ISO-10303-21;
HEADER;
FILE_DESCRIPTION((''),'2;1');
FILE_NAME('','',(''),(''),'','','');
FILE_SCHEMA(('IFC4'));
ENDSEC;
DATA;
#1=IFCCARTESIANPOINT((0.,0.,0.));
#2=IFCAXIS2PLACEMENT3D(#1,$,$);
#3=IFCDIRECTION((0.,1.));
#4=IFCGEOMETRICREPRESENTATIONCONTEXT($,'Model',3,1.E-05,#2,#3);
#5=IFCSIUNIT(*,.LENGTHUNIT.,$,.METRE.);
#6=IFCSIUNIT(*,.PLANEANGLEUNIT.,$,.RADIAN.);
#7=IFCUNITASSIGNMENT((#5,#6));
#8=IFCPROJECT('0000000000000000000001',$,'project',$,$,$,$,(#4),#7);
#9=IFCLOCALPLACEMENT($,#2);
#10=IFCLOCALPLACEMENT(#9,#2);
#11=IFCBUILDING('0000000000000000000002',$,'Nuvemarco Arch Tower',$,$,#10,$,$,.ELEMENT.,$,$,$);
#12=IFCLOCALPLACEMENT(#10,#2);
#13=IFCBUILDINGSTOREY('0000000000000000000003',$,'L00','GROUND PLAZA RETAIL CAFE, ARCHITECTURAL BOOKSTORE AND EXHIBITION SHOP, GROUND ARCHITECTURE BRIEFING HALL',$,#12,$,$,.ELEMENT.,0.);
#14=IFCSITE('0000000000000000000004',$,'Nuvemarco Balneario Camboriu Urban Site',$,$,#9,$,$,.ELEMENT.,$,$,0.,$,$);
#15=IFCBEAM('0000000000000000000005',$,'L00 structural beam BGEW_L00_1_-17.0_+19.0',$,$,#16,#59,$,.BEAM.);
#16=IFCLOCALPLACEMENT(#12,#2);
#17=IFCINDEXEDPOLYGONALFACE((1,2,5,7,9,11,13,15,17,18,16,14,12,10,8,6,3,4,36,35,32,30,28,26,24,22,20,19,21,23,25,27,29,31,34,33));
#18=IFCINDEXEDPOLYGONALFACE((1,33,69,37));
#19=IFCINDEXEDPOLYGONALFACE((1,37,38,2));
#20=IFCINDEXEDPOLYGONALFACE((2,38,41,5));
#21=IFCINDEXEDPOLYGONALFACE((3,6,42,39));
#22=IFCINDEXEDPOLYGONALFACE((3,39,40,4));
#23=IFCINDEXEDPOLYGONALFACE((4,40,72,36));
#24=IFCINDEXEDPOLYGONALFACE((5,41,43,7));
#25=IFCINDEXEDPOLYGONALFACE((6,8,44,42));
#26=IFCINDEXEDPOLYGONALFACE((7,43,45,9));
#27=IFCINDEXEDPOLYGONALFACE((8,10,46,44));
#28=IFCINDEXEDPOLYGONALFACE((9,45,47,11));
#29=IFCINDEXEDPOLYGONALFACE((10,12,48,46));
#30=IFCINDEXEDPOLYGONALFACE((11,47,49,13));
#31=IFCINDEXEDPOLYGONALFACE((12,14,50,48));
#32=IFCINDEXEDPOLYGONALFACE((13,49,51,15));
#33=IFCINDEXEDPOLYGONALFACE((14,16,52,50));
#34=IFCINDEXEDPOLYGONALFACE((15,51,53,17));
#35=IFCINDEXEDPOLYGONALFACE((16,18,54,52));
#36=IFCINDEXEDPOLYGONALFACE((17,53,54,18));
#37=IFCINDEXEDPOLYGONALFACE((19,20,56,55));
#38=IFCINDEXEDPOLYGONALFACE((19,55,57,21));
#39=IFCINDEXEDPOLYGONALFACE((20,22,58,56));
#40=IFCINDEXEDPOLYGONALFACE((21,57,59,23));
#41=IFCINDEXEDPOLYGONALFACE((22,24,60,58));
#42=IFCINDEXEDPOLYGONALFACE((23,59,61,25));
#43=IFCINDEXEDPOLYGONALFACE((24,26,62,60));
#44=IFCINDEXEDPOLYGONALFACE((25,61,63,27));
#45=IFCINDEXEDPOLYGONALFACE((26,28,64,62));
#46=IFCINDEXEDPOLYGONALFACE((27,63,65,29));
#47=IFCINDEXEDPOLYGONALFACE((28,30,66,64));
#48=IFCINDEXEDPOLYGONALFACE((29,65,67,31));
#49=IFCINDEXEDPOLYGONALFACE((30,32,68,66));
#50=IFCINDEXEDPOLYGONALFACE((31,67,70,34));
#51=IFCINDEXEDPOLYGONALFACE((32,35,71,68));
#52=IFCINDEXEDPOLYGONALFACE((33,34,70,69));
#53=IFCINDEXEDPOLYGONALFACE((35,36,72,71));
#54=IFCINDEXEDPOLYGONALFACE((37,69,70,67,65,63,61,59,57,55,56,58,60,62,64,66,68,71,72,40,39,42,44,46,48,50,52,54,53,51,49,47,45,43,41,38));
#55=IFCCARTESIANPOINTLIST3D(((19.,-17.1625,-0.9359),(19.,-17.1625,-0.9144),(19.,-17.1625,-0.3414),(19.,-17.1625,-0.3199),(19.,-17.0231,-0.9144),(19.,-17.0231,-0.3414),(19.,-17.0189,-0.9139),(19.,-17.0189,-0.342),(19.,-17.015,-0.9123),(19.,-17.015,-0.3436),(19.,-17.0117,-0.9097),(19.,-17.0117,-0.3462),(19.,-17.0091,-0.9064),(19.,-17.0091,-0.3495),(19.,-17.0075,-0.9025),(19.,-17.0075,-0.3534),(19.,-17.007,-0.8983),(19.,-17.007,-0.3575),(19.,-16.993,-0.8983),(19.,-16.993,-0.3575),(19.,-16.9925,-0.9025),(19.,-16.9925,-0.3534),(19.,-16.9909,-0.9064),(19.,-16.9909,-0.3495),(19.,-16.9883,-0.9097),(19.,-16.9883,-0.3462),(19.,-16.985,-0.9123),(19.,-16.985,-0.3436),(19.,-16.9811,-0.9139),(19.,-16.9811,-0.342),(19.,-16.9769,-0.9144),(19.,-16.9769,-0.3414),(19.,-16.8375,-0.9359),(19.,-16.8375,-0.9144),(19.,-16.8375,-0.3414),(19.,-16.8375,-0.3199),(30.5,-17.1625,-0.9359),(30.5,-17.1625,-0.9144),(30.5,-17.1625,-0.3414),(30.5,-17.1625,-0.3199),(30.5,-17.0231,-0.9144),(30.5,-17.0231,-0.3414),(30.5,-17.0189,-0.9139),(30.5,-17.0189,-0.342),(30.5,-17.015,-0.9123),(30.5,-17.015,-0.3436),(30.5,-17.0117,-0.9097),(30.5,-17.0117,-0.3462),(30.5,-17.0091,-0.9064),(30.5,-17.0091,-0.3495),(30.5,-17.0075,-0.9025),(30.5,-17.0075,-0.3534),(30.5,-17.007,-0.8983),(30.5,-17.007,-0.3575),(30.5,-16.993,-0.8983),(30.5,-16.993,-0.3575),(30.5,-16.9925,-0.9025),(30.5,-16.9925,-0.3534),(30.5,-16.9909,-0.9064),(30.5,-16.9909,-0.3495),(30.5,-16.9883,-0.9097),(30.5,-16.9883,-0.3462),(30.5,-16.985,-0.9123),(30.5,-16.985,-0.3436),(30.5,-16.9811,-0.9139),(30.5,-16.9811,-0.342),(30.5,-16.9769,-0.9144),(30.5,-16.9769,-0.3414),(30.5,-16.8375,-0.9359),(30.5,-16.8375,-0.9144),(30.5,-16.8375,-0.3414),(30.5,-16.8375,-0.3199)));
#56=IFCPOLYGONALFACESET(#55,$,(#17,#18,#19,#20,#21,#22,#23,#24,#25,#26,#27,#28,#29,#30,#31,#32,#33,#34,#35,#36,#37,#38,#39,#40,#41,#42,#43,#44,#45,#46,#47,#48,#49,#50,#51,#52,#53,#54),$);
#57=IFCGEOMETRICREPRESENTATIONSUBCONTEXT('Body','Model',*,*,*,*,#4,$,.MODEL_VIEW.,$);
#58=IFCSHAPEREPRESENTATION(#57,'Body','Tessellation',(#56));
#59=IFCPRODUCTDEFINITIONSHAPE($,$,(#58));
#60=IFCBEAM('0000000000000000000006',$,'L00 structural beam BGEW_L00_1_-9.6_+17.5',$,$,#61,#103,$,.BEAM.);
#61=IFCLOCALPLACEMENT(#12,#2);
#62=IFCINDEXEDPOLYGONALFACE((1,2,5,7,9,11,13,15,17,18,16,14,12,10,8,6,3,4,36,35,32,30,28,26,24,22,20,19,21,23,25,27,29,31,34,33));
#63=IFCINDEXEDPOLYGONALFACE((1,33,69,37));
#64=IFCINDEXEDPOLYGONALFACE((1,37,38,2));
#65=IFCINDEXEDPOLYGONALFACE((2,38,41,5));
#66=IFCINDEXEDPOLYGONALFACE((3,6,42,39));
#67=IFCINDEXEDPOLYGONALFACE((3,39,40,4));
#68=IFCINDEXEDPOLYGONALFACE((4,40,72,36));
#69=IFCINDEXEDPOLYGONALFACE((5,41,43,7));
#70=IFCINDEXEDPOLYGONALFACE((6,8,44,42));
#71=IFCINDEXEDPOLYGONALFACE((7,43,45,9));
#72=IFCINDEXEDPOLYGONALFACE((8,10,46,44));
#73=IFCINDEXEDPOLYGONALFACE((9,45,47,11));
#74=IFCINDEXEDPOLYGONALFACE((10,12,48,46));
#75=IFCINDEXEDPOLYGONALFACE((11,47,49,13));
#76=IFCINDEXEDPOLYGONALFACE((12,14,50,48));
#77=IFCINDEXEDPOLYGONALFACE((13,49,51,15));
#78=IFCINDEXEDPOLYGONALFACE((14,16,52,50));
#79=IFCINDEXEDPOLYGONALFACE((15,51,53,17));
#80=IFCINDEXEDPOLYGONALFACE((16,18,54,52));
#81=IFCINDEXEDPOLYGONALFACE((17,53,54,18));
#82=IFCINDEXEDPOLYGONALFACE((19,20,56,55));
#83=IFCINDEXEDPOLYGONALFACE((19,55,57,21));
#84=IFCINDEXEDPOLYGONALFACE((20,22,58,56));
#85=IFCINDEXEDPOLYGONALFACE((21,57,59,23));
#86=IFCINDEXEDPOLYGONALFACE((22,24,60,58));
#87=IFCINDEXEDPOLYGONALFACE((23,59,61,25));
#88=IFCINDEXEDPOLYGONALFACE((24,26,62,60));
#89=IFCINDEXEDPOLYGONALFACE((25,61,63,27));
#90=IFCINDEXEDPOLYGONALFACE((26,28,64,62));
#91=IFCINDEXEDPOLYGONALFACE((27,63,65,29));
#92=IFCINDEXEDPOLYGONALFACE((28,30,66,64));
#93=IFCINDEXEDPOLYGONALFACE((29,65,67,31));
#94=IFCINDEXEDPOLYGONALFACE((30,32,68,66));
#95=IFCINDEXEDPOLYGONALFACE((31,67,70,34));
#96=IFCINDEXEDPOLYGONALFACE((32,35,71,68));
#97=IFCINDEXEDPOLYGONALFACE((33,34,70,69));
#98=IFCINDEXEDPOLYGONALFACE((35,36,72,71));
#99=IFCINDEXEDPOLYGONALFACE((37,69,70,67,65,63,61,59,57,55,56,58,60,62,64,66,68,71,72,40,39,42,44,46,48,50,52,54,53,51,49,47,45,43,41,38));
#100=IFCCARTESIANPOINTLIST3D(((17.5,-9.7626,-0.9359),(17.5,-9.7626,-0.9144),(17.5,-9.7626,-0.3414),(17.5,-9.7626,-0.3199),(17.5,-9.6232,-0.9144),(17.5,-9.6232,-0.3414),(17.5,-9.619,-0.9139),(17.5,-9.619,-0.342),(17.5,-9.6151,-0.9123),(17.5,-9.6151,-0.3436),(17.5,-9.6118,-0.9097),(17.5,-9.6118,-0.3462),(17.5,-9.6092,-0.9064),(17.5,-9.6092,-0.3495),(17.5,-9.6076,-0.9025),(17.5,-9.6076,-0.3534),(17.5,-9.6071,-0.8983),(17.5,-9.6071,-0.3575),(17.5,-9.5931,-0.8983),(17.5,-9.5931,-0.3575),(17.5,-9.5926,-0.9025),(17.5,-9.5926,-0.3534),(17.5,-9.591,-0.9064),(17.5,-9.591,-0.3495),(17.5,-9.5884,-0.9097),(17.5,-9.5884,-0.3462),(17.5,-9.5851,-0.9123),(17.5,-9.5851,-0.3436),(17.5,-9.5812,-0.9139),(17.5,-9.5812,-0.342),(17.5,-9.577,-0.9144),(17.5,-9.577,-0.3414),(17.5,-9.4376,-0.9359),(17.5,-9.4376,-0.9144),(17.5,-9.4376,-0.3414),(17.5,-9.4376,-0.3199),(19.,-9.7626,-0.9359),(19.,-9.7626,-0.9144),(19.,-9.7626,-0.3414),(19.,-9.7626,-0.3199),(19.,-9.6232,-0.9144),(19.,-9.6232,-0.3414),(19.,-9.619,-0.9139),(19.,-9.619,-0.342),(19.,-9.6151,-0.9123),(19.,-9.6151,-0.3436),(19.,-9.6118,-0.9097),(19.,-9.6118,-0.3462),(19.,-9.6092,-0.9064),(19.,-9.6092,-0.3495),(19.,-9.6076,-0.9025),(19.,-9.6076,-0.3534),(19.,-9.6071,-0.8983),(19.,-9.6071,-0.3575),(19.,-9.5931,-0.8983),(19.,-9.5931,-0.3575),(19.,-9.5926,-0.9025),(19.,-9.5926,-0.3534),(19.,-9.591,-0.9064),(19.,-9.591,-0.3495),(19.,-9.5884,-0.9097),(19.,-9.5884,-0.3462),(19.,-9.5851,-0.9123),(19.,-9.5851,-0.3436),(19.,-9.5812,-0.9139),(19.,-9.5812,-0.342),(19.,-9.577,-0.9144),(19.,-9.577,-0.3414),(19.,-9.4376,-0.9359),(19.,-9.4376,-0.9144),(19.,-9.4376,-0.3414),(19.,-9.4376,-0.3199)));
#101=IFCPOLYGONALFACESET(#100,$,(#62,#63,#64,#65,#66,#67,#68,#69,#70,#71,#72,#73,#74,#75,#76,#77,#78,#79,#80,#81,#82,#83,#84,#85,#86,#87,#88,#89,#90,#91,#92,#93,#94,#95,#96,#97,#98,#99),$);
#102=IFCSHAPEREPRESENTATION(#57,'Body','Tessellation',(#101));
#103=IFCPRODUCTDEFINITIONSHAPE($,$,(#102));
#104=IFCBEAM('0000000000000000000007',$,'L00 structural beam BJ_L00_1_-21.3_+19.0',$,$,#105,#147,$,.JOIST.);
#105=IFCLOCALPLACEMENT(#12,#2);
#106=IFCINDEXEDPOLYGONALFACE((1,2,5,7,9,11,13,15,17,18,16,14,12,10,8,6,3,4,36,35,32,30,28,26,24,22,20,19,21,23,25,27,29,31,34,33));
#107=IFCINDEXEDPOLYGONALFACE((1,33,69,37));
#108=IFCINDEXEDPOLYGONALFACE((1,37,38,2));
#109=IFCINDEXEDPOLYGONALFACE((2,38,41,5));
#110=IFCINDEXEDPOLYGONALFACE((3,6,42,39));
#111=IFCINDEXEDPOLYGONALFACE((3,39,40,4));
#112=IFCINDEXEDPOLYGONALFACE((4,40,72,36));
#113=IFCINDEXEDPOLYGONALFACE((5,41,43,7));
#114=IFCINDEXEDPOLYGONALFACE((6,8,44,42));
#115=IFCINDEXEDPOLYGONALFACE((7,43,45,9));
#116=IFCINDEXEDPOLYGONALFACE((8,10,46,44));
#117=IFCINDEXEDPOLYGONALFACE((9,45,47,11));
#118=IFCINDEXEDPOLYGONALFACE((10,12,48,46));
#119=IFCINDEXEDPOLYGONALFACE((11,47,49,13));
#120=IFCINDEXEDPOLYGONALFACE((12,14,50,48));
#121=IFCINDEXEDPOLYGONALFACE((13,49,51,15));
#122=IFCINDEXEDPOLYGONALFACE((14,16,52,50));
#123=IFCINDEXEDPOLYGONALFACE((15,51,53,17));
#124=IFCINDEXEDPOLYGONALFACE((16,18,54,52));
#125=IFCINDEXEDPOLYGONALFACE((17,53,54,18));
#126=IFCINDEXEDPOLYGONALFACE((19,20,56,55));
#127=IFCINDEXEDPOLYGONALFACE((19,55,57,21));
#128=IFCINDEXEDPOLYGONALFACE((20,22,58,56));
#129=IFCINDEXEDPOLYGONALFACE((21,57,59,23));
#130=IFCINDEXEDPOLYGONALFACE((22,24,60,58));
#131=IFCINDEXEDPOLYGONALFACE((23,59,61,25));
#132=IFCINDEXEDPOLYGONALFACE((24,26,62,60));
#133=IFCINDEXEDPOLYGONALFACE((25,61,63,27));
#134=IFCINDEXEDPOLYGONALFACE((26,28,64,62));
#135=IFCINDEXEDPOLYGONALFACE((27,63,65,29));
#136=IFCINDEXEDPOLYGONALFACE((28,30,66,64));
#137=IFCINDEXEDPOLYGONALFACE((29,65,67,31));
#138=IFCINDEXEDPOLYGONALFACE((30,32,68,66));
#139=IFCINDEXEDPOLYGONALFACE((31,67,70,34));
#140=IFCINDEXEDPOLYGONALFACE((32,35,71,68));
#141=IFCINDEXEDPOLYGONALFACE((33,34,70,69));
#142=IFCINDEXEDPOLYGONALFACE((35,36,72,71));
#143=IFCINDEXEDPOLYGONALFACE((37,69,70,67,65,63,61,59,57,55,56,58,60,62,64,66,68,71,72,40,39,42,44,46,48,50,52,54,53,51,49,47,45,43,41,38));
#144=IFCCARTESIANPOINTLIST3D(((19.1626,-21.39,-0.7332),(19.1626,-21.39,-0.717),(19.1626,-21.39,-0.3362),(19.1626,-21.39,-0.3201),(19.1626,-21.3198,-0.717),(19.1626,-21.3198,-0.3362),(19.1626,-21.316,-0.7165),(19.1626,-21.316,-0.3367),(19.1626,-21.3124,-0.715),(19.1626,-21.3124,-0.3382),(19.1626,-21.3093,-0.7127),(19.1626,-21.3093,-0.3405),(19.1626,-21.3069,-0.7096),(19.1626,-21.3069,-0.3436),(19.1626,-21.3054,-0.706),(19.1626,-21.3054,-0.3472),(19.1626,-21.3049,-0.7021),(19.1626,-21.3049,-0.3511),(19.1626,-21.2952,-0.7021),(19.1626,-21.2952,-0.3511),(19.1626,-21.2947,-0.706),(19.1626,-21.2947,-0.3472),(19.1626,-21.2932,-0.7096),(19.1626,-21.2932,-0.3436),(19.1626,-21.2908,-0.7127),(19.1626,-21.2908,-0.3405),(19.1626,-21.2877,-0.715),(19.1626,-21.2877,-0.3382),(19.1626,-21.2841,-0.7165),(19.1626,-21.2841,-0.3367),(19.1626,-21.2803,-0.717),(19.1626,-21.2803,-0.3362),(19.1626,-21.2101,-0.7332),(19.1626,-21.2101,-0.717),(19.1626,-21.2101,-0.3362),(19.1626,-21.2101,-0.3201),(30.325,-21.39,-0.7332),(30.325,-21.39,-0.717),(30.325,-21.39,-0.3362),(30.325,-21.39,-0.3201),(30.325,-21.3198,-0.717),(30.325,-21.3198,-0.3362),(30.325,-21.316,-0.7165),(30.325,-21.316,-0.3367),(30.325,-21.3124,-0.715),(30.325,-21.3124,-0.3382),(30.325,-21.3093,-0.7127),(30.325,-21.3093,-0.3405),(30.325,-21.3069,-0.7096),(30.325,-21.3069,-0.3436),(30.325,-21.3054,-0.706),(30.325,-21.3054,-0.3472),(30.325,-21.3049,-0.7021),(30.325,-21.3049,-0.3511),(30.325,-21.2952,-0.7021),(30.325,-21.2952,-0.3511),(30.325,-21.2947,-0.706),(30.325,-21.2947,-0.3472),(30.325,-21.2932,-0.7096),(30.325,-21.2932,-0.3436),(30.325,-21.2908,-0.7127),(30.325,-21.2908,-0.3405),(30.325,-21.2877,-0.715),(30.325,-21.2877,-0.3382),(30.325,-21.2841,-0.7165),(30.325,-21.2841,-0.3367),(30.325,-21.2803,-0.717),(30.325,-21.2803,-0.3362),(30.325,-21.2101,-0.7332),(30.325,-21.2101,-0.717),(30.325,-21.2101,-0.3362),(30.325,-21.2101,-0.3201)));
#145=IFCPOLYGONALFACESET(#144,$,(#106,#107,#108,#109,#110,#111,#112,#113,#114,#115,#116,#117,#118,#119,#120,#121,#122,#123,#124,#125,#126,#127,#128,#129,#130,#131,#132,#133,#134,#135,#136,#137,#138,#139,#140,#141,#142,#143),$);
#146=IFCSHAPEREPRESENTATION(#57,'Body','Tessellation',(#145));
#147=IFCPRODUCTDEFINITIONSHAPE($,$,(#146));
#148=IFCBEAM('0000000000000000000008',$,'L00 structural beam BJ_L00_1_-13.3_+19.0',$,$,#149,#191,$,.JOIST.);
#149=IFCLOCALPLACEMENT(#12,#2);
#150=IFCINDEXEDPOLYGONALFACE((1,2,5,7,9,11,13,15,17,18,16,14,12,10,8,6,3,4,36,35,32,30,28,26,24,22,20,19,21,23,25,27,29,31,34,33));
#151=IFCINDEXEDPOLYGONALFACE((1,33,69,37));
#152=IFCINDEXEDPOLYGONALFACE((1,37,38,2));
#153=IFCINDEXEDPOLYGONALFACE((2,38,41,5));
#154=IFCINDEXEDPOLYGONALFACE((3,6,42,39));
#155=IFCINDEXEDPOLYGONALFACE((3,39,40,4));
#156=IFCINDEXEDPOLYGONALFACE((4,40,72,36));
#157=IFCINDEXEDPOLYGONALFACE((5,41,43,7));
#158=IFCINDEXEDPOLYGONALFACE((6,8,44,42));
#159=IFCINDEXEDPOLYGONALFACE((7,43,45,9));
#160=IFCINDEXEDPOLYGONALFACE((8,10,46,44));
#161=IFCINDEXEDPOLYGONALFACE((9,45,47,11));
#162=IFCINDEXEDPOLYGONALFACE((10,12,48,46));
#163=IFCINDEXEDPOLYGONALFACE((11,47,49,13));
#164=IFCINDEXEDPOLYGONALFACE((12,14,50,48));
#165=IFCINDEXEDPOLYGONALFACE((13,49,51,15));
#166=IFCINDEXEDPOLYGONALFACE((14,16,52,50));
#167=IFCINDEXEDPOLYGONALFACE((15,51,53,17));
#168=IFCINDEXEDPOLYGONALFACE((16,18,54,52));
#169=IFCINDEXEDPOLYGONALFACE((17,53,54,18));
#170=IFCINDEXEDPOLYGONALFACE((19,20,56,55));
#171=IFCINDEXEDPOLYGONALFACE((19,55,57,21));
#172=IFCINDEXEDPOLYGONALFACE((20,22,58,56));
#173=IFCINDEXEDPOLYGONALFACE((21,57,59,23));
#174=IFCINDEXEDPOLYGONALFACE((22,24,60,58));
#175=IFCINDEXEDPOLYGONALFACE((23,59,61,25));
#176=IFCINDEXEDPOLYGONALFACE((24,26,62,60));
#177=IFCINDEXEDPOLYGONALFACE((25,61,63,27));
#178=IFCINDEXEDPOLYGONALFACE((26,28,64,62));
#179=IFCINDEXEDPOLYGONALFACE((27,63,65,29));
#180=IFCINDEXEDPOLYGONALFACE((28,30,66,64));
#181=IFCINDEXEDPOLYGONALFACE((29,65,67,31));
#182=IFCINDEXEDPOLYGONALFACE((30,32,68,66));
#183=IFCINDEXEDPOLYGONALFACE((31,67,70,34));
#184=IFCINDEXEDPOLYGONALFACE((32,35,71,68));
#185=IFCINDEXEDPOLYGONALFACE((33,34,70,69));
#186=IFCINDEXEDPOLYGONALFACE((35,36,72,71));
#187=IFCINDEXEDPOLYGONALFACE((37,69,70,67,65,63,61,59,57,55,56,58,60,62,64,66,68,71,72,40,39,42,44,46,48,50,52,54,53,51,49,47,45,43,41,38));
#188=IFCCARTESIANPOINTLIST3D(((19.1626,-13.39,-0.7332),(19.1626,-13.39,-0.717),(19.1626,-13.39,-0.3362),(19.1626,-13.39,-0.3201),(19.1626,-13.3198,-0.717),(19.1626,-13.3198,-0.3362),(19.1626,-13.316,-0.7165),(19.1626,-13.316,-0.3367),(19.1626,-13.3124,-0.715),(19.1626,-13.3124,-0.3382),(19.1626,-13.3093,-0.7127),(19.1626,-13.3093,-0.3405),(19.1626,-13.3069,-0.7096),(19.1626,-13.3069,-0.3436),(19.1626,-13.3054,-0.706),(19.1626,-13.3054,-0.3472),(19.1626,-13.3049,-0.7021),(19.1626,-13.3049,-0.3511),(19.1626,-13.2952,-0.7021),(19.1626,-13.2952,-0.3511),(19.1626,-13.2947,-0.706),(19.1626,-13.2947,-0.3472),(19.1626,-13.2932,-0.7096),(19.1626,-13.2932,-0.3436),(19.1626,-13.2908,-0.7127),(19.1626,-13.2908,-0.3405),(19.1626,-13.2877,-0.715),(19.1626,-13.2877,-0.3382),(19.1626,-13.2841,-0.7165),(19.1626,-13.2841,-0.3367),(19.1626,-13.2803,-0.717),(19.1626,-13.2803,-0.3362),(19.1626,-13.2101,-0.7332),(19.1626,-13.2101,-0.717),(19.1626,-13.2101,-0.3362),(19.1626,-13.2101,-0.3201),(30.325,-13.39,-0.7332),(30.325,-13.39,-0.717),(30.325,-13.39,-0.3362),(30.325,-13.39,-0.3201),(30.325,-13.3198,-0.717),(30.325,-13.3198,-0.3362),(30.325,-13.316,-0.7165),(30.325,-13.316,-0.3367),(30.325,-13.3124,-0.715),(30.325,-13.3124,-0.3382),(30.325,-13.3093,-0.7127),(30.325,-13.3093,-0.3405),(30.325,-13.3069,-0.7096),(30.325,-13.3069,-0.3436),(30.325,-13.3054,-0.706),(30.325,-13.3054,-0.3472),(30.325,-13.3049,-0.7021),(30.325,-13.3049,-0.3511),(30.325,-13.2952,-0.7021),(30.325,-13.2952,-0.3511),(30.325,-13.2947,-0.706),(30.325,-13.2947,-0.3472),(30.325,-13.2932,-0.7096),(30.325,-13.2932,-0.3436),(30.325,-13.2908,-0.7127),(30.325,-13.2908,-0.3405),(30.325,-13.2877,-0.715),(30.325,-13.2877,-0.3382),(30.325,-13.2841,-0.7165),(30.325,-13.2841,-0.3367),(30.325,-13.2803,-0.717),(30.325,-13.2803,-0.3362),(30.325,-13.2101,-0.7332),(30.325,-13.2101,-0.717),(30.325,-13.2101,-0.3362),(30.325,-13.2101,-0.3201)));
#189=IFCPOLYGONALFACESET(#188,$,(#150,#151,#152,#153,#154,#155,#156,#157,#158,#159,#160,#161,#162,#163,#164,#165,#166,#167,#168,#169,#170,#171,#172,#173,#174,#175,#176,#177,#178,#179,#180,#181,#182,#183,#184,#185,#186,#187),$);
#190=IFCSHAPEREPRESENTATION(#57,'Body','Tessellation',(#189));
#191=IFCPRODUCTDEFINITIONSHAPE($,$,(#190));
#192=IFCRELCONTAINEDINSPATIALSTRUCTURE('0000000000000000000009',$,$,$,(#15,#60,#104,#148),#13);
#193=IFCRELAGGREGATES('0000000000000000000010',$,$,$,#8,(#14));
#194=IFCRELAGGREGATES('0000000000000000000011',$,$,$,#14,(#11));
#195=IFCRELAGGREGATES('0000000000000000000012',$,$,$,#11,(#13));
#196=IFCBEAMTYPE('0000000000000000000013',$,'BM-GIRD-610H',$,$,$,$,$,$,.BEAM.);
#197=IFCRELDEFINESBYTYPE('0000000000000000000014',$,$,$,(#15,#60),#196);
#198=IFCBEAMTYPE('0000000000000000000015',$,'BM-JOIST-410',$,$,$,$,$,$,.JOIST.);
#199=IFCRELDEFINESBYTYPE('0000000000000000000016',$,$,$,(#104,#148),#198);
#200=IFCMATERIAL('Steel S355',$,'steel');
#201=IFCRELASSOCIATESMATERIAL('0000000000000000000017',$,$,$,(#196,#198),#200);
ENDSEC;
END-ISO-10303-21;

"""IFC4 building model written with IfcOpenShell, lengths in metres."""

from ifc_helpers import new_model, si_unit, direction, frame, origin, origin_2d, place, context, subcontext, project, spatial, i_section, extrude, material, material_profile, profile_set, type_object, element, save


model = new_model("IFC4")

# Units and contexts
model_context = context("Model", 3, precision=1e-05, world=origin(), true_north=direction((0.0, 1.0)))
body_context = subcontext(model_context, "Body", "Model", "MODEL_VIEW")
ifc_project = project(units=[si_unit("LENGTHUNIT", "METRE"), si_unit("PLANEANGLEUNIT", "RADIAN")], contexts=[model_context])

# Site, building, storey
site_placement = place(None, origin())
site = spatial("IfcSite", under=ifc_project, at=site_placement, Name="Nuvemarco Balneario Camboriu Urban Site", CompositionType="ELEMENT", RefElevation=0.0)
building_placement = place(site_placement, origin())
building = spatial("IfcBuilding", under=site, at=building_placement, Name="Nuvemarco Arch Tower", CompositionType="ELEMENT")
storey_placement = place(building_placement, origin())
storey = spatial("IfcBuildingStorey", under=building, at=storey_placement, Name="L00", Description="GROUND PLAZA RETAIL CAFE, ARCHITECTURAL BOOKSTORE AND EXHIBITION SHOP, GROUND ARCHITECTURE BRIEFING HALL", CompositionType="ELEMENT", Elevation=0.0)

# Beams
ifc_material_1 = material(Name="Steel S355", Category="steel")
ifc_material_profile_1 = material_profile(ifc_material_1, i_section(OverallWidth=0.325, OverallDepth=0.616, WebThickness=0.0139, FlangeThickness=0.0215, FilletRadius=0.0161, at=origin_2d()), Name="W610x174")
ifc_profile_set_1 = profile_set([ifc_material_profile_1], Name="Steel S355")
beam_type_1 = type_object("IfcBeamType", Name="BM-GIRD-610H", PredefinedType="BEAM", material=ifc_profile_set_1)
beam_1_placement = place(storey_placement, frame((19.0, -17.0, -0.6279), z_axis=(1.0, 0.0, 0.0), x_axis=(0.0, 1.0, 0.0)))
element("IfcBeam", 1, at=beam_1_placement, inside=storey, type_object=beam_type_1, Name="L00 structural beam BGEW_L00_1_-17.0_+19.0", PredefinedType="BEAM", context=body_context, shape_type="SweptSolid", body=[
    extrude(i_section(OverallWidth=0.325, OverallDepth=0.616, WebThickness=0.0139, FlangeThickness=0.0215, FilletRadius=0.0161, at=origin_2d()), origin(), (0.0, 0.0, 1.0), 11.5),
])
beam_2_placement = place(storey_placement, frame((17.5, -9.6001, -0.6279), z_axis=(1.0, 0.0, 0.0), x_axis=(0.0, 1.0, 0.0)))
element("IfcBeam", 2, at=beam_2_placement, inside=storey, type_object=beam_type_1, Name="L00 structural beam BGEW_L00_1_-9.6_+17.5", PredefinedType="BEAM", context=body_context, shape_type="SweptSolid", body=[
    extrude(i_section(OverallWidth=0.325, OverallDepth=0.616, WebThickness=0.0139, FlangeThickness=0.0215, FilletRadius=0.0161, at=origin_2d()), origin(), (0.0, 0.0, 1.0), 1.5),
])
ifc_material_profile_2 = material_profile(ifc_material_1, i_section(OverallWidth=0.1799, OverallDepth=0.4131, WebThickness=0.0098, FlangeThickness=0.0161, FilletRadius=0.0149, at=origin_2d()), Name="W410x75")
ifc_profile_set_2 = profile_set([ifc_material_profile_2], Name="Steel S355")
beam_type_2 = type_object("IfcBeamType", Name="BM-JOIST-410", PredefinedType="JOIST", material=ifc_profile_set_2)
for number, where, z_axis, x_axis, name in (
    (3, (19.1626, -21.3, -0.5266), (1.0, 0.0, 0.0), (0.0, 1.0, 0.0), "L00 structural beam BJ_L00_1_-21.3_+19.0"),
    (4, (19.1626, -13.3, -0.5266), (1.0, 0.0, 0.0), (0.0, 1.0, 0.0), "L00 structural beam BJ_L00_1_-13.3_+19.0"),
):
    element("IfcBeam", number, at=place(storey_placement, frame(where, z_axis=z_axis, x_axis=x_axis)), inside=storey, type_object=beam_type_2, Name=name, PredefinedType="JOIST", context=body_context, shape_type="SweptSolid", body=[
        extrude(i_section(OverallWidth=0.1799, OverallDepth=0.4131, WebThickness=0.0098, FlangeThickness=0.0161, FilletRadius=0.0149, at=origin_2d()), origin(), (0.0, 0.0, 1.0), 11.1624),
    ])

save(model, "model.ifc")
